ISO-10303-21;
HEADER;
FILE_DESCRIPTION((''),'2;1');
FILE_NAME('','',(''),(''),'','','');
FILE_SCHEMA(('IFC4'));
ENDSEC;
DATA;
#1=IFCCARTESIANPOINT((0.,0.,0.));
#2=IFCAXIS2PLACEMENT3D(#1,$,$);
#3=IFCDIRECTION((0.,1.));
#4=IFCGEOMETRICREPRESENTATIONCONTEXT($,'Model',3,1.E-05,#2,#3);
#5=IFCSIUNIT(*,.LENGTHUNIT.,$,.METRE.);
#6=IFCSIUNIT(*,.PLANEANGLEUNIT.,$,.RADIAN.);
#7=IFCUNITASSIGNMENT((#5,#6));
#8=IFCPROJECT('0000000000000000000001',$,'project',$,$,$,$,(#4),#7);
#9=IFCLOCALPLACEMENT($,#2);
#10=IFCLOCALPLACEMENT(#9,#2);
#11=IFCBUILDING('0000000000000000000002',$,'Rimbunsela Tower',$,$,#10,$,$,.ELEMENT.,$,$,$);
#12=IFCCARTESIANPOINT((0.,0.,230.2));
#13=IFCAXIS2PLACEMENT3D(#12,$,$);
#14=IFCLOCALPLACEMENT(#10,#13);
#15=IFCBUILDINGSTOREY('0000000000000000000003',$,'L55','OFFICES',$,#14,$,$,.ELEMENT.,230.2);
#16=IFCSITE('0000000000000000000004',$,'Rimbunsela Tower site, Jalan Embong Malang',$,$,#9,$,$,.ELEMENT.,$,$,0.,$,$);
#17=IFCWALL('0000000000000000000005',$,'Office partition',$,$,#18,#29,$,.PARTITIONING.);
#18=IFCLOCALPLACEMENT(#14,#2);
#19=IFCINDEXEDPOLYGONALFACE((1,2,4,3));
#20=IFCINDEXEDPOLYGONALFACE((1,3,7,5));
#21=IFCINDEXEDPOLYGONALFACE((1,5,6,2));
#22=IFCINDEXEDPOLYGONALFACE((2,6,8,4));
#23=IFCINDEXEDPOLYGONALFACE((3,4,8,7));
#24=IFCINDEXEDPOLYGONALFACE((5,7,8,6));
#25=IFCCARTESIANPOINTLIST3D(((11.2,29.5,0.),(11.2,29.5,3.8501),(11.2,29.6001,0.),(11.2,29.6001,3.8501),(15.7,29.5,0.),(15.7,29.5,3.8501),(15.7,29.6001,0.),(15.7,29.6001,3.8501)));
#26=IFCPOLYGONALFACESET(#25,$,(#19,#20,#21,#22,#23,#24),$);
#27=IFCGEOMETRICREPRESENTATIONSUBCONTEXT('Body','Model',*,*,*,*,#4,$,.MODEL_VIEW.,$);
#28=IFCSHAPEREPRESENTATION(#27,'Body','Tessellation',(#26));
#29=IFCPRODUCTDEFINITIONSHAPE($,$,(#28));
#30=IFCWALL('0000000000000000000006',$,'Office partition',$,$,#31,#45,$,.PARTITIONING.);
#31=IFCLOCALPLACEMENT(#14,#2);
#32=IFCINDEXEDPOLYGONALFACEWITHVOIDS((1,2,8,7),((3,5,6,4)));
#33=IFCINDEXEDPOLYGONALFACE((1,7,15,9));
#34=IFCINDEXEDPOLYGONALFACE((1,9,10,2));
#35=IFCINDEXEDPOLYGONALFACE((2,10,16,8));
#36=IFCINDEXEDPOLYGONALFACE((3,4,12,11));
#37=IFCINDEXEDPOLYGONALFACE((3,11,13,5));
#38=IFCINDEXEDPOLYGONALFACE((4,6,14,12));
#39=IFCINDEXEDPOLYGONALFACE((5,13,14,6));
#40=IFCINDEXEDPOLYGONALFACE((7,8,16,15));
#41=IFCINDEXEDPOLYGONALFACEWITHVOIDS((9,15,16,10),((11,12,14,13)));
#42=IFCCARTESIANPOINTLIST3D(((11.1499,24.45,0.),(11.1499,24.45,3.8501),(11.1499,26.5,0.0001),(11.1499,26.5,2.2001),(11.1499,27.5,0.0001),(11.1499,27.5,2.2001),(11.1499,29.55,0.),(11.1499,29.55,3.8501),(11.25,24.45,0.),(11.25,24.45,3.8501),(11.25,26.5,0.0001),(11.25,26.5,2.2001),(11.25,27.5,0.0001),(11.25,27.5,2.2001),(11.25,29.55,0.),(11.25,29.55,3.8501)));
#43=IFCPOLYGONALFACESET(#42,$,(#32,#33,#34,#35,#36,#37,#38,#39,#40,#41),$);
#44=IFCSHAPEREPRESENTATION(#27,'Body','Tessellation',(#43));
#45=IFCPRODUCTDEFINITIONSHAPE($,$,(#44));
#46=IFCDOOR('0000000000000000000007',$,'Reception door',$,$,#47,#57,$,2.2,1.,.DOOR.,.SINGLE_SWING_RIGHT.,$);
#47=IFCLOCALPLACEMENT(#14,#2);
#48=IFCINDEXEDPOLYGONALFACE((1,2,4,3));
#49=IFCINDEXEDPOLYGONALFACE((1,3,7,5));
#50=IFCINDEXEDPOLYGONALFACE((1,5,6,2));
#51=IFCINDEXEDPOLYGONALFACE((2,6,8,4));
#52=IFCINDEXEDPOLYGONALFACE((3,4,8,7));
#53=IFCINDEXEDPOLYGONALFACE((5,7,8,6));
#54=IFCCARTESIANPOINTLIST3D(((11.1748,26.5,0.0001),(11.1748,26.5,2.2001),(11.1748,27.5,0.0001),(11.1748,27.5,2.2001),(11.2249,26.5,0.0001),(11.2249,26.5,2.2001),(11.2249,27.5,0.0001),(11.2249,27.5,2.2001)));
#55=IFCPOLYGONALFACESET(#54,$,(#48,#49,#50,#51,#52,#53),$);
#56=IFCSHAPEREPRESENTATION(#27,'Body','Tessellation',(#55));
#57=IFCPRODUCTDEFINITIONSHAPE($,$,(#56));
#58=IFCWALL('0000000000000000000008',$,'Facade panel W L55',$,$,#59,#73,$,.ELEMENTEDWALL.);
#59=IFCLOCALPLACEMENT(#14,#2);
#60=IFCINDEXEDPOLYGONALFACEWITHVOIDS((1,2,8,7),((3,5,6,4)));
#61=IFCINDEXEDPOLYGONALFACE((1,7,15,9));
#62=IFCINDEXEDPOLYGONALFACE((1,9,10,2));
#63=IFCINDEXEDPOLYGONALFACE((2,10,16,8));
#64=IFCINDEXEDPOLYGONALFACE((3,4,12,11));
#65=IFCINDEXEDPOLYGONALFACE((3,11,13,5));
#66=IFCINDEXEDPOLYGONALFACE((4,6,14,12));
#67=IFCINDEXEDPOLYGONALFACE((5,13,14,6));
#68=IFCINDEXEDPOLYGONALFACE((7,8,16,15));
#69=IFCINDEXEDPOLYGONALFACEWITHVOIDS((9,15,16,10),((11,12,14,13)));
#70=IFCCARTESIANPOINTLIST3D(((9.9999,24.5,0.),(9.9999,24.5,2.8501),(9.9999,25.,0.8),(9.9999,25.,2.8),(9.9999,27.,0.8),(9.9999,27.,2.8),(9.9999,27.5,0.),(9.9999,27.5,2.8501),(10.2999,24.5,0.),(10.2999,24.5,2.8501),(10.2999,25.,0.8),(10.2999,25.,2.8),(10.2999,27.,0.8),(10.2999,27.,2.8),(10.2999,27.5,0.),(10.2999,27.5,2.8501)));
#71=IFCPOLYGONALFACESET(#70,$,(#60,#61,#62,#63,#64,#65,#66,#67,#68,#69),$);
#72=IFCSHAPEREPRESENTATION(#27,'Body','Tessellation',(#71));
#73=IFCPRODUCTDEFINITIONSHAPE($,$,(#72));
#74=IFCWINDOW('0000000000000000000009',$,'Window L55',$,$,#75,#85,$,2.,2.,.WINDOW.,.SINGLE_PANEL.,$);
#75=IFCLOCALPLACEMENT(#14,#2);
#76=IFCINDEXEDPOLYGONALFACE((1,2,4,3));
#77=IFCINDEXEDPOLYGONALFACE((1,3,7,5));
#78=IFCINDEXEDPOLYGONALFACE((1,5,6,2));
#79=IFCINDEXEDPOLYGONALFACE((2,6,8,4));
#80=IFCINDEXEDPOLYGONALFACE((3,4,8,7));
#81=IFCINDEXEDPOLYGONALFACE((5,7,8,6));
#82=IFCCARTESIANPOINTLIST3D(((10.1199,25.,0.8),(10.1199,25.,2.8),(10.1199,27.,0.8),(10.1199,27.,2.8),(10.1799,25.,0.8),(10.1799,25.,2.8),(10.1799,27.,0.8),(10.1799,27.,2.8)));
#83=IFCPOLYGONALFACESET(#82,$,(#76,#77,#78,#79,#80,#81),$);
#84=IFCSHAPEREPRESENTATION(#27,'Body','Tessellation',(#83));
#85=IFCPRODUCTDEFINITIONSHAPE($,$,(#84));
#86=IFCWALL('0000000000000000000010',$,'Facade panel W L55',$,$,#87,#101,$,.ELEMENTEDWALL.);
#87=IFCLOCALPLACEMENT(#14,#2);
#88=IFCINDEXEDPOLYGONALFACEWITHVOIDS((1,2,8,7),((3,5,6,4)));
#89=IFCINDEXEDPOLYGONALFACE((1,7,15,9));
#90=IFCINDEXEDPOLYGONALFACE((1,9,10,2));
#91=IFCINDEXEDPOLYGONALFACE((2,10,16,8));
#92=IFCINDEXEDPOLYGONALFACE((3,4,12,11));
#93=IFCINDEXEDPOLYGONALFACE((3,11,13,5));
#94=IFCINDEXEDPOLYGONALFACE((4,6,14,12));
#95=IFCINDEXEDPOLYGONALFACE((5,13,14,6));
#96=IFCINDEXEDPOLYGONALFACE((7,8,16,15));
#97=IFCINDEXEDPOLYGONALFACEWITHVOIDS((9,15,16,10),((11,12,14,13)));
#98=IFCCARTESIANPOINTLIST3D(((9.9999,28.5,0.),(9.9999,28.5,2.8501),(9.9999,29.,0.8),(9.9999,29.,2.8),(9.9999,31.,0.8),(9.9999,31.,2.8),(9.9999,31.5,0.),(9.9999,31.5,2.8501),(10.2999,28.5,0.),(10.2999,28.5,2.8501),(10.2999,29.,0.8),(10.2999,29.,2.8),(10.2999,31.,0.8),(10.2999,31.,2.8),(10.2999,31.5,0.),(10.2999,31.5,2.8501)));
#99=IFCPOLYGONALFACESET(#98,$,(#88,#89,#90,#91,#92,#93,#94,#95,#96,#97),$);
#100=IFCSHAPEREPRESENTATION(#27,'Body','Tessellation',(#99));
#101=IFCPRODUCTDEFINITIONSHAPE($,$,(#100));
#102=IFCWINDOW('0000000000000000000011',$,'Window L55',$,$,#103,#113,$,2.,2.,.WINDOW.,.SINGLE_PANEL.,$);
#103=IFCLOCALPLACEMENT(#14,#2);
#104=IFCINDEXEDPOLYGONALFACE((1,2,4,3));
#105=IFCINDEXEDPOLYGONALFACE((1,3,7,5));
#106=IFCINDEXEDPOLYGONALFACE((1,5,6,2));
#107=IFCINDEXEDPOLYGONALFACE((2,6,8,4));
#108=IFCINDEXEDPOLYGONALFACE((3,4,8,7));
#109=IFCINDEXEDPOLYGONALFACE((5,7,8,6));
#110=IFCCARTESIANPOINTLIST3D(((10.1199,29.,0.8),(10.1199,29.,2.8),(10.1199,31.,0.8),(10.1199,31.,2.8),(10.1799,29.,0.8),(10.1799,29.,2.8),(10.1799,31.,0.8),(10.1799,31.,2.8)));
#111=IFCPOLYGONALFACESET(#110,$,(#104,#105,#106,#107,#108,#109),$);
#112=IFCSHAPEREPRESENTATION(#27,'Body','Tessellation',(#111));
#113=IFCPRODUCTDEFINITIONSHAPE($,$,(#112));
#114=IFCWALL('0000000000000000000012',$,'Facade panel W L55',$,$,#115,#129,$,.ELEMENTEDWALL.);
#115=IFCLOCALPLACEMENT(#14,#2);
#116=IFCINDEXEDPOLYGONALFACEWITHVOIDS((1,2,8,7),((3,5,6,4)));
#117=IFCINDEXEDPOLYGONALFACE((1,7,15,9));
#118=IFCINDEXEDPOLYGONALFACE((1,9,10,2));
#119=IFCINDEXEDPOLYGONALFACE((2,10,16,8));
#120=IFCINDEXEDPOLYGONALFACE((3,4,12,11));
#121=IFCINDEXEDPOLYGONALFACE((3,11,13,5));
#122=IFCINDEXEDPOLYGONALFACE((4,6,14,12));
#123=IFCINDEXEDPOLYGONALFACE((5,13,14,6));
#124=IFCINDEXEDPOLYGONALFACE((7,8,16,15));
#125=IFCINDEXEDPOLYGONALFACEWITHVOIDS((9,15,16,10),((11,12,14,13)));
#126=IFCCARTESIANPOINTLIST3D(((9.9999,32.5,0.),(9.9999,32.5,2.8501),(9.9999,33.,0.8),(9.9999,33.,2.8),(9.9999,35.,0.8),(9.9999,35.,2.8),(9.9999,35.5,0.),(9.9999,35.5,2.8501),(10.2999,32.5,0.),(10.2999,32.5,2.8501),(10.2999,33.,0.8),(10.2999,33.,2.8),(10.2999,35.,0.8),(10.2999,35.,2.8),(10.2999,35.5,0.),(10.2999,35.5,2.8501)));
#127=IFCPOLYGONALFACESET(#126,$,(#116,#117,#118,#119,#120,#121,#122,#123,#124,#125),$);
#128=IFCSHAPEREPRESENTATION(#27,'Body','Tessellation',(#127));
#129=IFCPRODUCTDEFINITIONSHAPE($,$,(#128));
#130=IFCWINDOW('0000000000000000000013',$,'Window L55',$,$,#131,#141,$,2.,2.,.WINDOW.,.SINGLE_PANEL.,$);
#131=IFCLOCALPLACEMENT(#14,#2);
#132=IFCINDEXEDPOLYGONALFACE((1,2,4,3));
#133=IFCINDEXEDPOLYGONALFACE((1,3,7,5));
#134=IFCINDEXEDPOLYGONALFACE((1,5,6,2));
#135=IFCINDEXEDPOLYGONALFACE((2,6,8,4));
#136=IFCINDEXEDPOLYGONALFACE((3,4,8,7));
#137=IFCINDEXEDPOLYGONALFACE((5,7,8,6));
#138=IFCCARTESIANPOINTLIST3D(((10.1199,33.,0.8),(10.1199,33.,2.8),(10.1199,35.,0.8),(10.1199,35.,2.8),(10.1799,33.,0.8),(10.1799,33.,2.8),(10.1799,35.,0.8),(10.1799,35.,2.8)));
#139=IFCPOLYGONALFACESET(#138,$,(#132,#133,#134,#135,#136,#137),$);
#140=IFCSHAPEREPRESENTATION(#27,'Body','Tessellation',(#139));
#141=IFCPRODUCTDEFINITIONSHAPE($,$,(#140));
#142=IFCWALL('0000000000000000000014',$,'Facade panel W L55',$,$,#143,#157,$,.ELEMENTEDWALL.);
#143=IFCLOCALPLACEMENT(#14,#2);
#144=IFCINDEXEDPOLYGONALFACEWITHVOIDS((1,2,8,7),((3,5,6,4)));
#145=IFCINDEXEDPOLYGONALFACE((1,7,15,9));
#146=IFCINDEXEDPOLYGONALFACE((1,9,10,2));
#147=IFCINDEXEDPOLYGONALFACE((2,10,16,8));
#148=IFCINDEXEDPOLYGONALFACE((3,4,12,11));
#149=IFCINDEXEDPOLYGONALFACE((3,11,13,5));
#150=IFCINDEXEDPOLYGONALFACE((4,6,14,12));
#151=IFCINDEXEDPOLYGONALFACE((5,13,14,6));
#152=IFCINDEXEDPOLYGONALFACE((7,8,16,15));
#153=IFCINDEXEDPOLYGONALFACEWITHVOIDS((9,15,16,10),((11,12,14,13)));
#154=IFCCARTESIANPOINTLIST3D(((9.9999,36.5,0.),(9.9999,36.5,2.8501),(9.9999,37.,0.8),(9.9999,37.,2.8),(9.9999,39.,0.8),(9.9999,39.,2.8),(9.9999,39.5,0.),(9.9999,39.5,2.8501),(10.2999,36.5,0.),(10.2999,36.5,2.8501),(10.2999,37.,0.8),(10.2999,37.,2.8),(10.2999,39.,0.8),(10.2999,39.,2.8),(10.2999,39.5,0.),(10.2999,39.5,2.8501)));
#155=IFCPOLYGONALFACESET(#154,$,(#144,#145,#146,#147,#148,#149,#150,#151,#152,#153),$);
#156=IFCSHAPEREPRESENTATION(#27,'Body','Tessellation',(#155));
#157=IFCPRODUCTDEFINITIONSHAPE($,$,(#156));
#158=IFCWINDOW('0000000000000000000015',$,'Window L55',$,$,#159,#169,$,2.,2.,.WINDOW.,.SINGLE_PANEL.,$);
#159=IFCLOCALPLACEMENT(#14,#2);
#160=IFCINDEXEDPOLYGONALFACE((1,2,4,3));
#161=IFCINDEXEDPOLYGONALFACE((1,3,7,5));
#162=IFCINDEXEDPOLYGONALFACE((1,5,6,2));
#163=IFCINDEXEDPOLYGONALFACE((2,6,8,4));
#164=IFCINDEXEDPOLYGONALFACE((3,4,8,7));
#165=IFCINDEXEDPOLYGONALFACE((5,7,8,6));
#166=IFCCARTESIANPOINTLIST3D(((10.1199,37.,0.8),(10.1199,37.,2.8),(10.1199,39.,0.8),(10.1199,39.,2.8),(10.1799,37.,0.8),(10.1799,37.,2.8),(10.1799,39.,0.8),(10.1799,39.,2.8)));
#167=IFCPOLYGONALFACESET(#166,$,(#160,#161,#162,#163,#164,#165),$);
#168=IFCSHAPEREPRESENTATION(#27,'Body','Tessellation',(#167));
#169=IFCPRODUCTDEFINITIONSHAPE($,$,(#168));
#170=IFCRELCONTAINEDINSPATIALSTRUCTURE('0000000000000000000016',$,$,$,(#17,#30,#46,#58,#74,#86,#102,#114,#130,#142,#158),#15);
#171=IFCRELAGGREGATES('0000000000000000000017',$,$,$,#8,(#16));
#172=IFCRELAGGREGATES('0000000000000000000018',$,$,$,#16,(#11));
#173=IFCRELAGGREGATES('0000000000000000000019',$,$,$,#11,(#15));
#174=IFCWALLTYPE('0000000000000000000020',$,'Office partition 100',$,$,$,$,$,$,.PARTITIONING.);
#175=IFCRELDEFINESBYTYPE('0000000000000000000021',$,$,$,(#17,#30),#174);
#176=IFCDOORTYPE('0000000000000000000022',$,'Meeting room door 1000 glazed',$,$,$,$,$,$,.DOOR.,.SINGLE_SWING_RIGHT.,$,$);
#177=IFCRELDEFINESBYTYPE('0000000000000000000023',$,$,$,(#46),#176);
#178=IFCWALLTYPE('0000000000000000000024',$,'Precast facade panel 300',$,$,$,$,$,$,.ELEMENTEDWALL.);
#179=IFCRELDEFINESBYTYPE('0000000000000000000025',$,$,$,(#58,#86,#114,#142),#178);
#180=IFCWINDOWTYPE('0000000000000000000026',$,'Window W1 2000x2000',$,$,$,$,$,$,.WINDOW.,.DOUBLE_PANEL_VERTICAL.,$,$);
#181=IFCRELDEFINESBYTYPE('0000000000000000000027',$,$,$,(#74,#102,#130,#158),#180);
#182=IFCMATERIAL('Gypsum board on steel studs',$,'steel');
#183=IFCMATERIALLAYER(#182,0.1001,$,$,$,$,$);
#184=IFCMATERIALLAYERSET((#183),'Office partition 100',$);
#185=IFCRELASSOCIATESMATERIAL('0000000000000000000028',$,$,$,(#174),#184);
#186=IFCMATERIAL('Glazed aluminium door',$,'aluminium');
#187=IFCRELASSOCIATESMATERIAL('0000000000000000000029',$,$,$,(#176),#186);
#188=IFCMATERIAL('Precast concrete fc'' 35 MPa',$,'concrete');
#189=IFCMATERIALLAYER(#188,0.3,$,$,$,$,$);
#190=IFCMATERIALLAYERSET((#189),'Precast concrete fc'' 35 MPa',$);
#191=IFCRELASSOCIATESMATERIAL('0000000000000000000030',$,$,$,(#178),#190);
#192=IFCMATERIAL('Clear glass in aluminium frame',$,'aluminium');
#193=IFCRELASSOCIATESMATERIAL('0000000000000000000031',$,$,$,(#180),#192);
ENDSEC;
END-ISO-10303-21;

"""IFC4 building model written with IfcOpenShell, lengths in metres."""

from ifc_helpers import new_model, si_unit, direction, frame, frame_2d, origin, place, context, subcontext, project, spatial, rectangle, extrude, material, layer, layer_set, type_object, element, fill, save


model = new_model("IFC4")

# Units and contexts
model_context = context("Model", 3, precision=1e-05, world=origin(), true_north=direction((0.0, 1.0)))
body_context = subcontext(model_context, "Body", "Model", "MODEL_VIEW")
ifc_project = project(units=[si_unit("LENGTHUNIT", "METRE"), si_unit("PLANEANGLEUNIT", "RADIAN")], contexts=[model_context])

# Site, building, storey
site_placement = place(None, origin())
site = spatial("IfcSite", under=ifc_project, at=site_placement, Name="Rimbunsela Tower site, Jalan Embong Malang", CompositionType="ELEMENT", RefElevation=0.0)
building_placement = place(site_placement, origin())
building = spatial("IfcBuilding", under=site, at=building_placement, Name="Rimbunsela Tower", CompositionType="ELEMENT")
storey_placement = place(building_placement, frame((0.0, 0.0, 230.2)))
storey = spatial("IfcBuildingStorey", under=building, at=storey_placement, Name="L55", Description="OFFICES", CompositionType="ELEMENT", Elevation=230.2)

# Wall
ifc_material_1 = material(Name="Gypsum board on steel studs", Category="steel")
ifc_layer_1 = layer(ifc_material_1, 0.1001)
ifc_layer_set_1 = layer_set([ifc_layer_1], Name="Office partition 100")
wall_type_1 = type_object("IfcWallType", Name="Office partition 100", PredefinedType="PARTITIONING", material=ifc_layer_set_1)
wall_1_placement = place(storey_placement, frame((15.7, 29.55, 0.0), z_axis=(0.0, 0.0, 1.0), x_axis=(-1.0, 0.0, 0.0)))
element("IfcWall", 1, at=wall_1_placement, inside=storey, type_object=wall_type_1, Name="Office partition", PredefinedType="PARTITIONING", context=body_context, shape_type="SweptSolid", body=[
    extrude(rectangle(XDim=4.5, YDim=0.1001, at=frame_2d((2.25, 0.0))), origin(), (0.0, 0.0, 1.0), 3.8501),
])

# Wall, opening, door
wall_2_placement = place(storey_placement, frame((11.2, 29.55, 0.0), z_axis=(0.0, 0.0, 1.0), x_axis=(0.0, -1.0, 0.0)))
wall_2 = element("IfcWall", 2, at=wall_2_placement, inside=storey, type_object=wall_type_1, Name="Office partition", PredefinedType="PARTITIONING", context=body_context, shape_type="SweptSolid", body=[
    extrude(rectangle(XDim=5.1001, YDim=0.1001, at=frame_2d((2.55, 0.0))), origin(), (0.0, 0.0, 1.0), 3.8501),
])
opening_1_placement = place(wall_2_placement, frame((2.05, 0.0, 0.0)))
opening_1 = element("IfcOpeningElement", 3, at=opening_1_placement, cuts=wall_2, PredefinedType="OPENING", context=body_context, shape_type="SweptSolid", body=[
    extrude(rectangle(XDim=1.0, YDim=2.2, at=frame_2d((0.5, 1.1001))), frame((0.0, 0.0601, 0.0), z_axis=(0.0, -1.0, 0.0), x_axis=(1.0, 0.0, 0.0)), (0.0, 0.0, 1.0), 0.1201),
])
ifc_material_2 = material(Name="Glazed aluminium door", Category="aluminium")
door_type_1 = type_object("IfcDoorType", Name="Meeting room door 1000 glazed", OperationType="SINGLE_SWING_RIGHT", PredefinedType="DOOR", material=ifc_material_2)
door_1_placement = place(opening_1_placement, origin())
door_1 = element("IfcDoor", 4, at=door_1_placement, inside=storey, type_object=door_type_1, Name="Reception door", OperationType="SINGLE_SWING_RIGHT", OverallHeight=2.2, OverallWidth=1.0, PredefinedType="DOOR", context=body_context, shape_type="SweptSolid", body=[
    extrude(rectangle(XDim=1.0, YDim=2.2, at=frame_2d((0.5, 1.1001))), frame((0.0, 0.0249, 0.0), z_axis=(0.0, -1.0, 0.0), x_axis=(1.0, 0.0, 0.0)), (0.0, 0.0, 1.0), 0.05),
])
fill(opening_1, door_1)

# Walls, openings, windows
ifc_material_3 = material(Name="Precast concrete fc' 35 MPa", Category="concrete")
ifc_layer_2 = layer(ifc_material_3, 0.3)
ifc_layer_set_2 = layer_set([ifc_layer_2], Name="Precast concrete fc' 35 MPa")
wall_type_2 = type_object("IfcWallType", Name="Precast facade panel 300", PredefinedType="ELEMENTEDWALL", material=ifc_layer_set_2)
wall_3_placement = place(storey_placement, frame((10.1499, 27.5, 0.0), z_axis=(0.0, 0.0, 1.0), x_axis=(0.0, -1.0, 0.0)))
wall_3 = element("IfcWall", 5, at=wall_3_placement, inside=storey, type_object=wall_type_2, Name="Facade panel W L55", PredefinedType="ELEMENTEDWALL", context=body_context, shape_type="SweptSolid", body=[
    extrude(rectangle(XDim=3.0, YDim=0.3, at=frame_2d((1.5, 0.0))), origin(), (0.0, 0.0, 1.0), 2.8501),
])
opening_2_placement = place(wall_3_placement, frame((0.5, 0.0, 0.8)))
opening_2 = element("IfcOpeningElement", 6, at=opening_2_placement, cuts=wall_3, PredefinedType="OPENING", context=body_context, shape_type="SweptSolid", body=[
    extrude(rectangle(XDim=2.0, YDim=2.0, at=frame_2d((1.0, 1.0))), frame((0.0, 0.1599, 0.0), z_axis=(0.0, -1.0, 0.0), x_axis=(1.0, 0.0, 0.0)), (0.0, 0.0, 1.0), 0.3201),
])
ifc_material_4 = material(Name="Clear glass in aluminium frame", Category="aluminium")
window_type = type_object("IfcWindowType", Name="Window W1 2000x2000", PartitioningType="DOUBLE_PANEL_VERTICAL", PredefinedType="WINDOW", material=ifc_material_4)
window_1_placement = place(opening_2_placement, origin())
window_1 = element("IfcWindow", 7, at=window_1_placement, inside=storey, type_object=window_type, Name="Window L55", OverallHeight=2.0, OverallWidth=2.0, PartitioningType="SINGLE_PANEL", PredefinedType="WINDOW", context=body_context, shape_type="SweptSolid", body=[
    extrude(rectangle(XDim=2.0, YDim=2.0, at=frame_2d((1.0, 1.0))), frame((0.0, 0.03, 0.0), z_axis=(0.0, -1.0, 0.0), x_axis=(1.0, 0.0, 0.0)), (0.0, 0.0, 1.0), 0.0601),
])
fill(opening_2, window_1)
wall_4_placement = place(storey_placement, frame((10.1499, 31.5, 0.0), z_axis=(0.0, 0.0, 1.0), x_axis=(0.0, -1.0, 0.0)))
wall_4 = element("IfcWall", 8, at=wall_4_placement, inside=storey, type_object=wall_type_2, Name="Facade panel W L55", PredefinedType="ELEMENTEDWALL", context=body_context, shape_type="SweptSolid", body=[
    extrude(rectangle(XDim=3.0, YDim=0.3, at=frame_2d((1.5, 0.0))), origin(), (0.0, 0.0, 1.0), 2.8501),
])
opening_3_placement = place(wall_4_placement, frame((0.5, 0.0, 0.8)))
opening_3 = element("IfcOpeningElement", 9, at=opening_3_placement, cuts=wall_4, PredefinedType="OPENING", context=body_context, shape_type="SweptSolid", body=[
    extrude(rectangle(XDim=2.0, YDim=2.0, at=frame_2d((1.0, 1.0))), frame((0.0, 0.1599, 0.0), z_axis=(0.0, -1.0, 0.0), x_axis=(1.0, 0.0, 0.0)), (0.0, 0.0, 1.0), 0.3201),
])
window_2_placement = place(opening_3_placement, origin())
window_2 = element("IfcWindow", 10, at=window_2_placement, inside=storey, type_object=window_type, Name="Window L55", OverallHeight=2.0, OverallWidth=2.0, PartitioningType="SINGLE_PANEL", PredefinedType="WINDOW", context=body_context, shape_type="SweptSolid", body=[
    extrude(rectangle(XDim=2.0, YDim=2.0, at=frame_2d((1.0, 1.0))), frame((0.0, 0.03, 0.0), z_axis=(0.0, -1.0, 0.0), x_axis=(1.0, 0.0, 0.0)), (0.0, 0.0, 1.0), 0.0601),
])
fill(opening_3, window_2)
wall_5_placement = place(storey_placement, frame((10.1499, 35.5, 0.0), z_axis=(0.0, 0.0, 1.0), x_axis=(0.0, -1.0, 0.0)))
wall_5 = element("IfcWall", 11, at=wall_5_placement, inside=storey, type_object=wall_type_2, Name="Facade panel W L55", PredefinedType="ELEMENTEDWALL", context=body_context, shape_type="SweptSolid", body=[
    extrude(rectangle(XDim=3.0, YDim=0.3, at=frame_2d((1.5, 0.0))), origin(), (0.0, 0.0, 1.0), 2.8501),
])
opening_4_placement = place(wall_5_placement, frame((0.5, 0.0, 0.8)))
opening_4 = element("IfcOpeningElement", 12, at=opening_4_placement, cuts=wall_5, PredefinedType="OPENING", context=body_context, shape_type="SweptSolid", body=[
    extrude(rectangle(XDim=2.0, YDim=2.0, at=frame_2d((1.0, 1.0))), frame((0.0, 0.1599, 0.0), z_axis=(0.0, -1.0, 0.0), x_axis=(1.0, 0.0, 0.0)), (0.0, 0.0, 1.0), 0.3201),
])
window_3_placement = place(opening_4_placement, origin())
window_3 = element("IfcWindow", 13, at=window_3_placement, inside=storey, type_object=window_type, Name="Window L55", OverallHeight=2.0, OverallWidth=2.0, PartitioningType="SINGLE_PANEL", PredefinedType="WINDOW", context=body_context, shape_type="SweptSolid", body=[
    extrude(rectangle(XDim=2.0, YDim=2.0, at=frame_2d((1.0, 1.0))), frame((0.0, 0.03, 0.0), z_axis=(0.0, -1.0, 0.0), x_axis=(1.0, 0.0, 0.0)), (0.0, 0.0, 1.0), 0.0601),
])
fill(opening_4, window_3)
wall_6_placement = place(storey_placement, frame((10.1499, 39.5, 0.0), z_axis=(0.0, 0.0, 1.0), x_axis=(0.0, -1.0, 0.0)))
wall_6 = element("IfcWall", 14, at=wall_6_placement, inside=storey, type_object=wall_type_2, Name="Facade panel W L55", PredefinedType="ELEMENTEDWALL", context=body_context, shape_type="SweptSolid", body=[
    extrude(rectangle(XDim=3.0, YDim=0.3, at=frame_2d((1.5, 0.0))), origin(), (0.0, 0.0, 1.0), 2.8501),
])
opening_5_placement = place(wall_6_placement, frame((0.5, 0.0, 0.8)))
opening_5 = element("IfcOpeningElement", 15, at=opening_5_placement, cuts=wall_6, PredefinedType="OPENING", context=body_context, shape_type="SweptSolid", body=[
    extrude(rectangle(XDim=2.0, YDim=2.0, at=frame_2d((1.0, 1.0))), frame((0.0, 0.1599, 0.0), z_axis=(0.0, -1.0, 0.0), x_axis=(1.0, 0.0, 0.0)), (0.0, 0.0, 1.0), 0.3201),
])
window_4_placement = place(opening_5_placement, origin())
window_4 = element("IfcWindow", 16, at=window_4_placement, inside=storey, type_object=window_type, Name="Window L55", OverallHeight=2.0, OverallWidth=2.0, PartitioningType="SINGLE_PANEL", PredefinedType="WINDOW", context=body_context, shape_type="SweptSolid", body=[
    extrude(rectangle(XDim=2.0, YDim=2.0, at=frame_2d((1.0, 1.0))), frame((0.0, 0.03, 0.0), z_axis=(0.0, -1.0, 0.0), x_axis=(1.0, 0.0, 0.0)), (0.0, 0.0, 1.0), 0.0601),
])
fill(opening_5, window_4)

save(model, "model.ifc")
